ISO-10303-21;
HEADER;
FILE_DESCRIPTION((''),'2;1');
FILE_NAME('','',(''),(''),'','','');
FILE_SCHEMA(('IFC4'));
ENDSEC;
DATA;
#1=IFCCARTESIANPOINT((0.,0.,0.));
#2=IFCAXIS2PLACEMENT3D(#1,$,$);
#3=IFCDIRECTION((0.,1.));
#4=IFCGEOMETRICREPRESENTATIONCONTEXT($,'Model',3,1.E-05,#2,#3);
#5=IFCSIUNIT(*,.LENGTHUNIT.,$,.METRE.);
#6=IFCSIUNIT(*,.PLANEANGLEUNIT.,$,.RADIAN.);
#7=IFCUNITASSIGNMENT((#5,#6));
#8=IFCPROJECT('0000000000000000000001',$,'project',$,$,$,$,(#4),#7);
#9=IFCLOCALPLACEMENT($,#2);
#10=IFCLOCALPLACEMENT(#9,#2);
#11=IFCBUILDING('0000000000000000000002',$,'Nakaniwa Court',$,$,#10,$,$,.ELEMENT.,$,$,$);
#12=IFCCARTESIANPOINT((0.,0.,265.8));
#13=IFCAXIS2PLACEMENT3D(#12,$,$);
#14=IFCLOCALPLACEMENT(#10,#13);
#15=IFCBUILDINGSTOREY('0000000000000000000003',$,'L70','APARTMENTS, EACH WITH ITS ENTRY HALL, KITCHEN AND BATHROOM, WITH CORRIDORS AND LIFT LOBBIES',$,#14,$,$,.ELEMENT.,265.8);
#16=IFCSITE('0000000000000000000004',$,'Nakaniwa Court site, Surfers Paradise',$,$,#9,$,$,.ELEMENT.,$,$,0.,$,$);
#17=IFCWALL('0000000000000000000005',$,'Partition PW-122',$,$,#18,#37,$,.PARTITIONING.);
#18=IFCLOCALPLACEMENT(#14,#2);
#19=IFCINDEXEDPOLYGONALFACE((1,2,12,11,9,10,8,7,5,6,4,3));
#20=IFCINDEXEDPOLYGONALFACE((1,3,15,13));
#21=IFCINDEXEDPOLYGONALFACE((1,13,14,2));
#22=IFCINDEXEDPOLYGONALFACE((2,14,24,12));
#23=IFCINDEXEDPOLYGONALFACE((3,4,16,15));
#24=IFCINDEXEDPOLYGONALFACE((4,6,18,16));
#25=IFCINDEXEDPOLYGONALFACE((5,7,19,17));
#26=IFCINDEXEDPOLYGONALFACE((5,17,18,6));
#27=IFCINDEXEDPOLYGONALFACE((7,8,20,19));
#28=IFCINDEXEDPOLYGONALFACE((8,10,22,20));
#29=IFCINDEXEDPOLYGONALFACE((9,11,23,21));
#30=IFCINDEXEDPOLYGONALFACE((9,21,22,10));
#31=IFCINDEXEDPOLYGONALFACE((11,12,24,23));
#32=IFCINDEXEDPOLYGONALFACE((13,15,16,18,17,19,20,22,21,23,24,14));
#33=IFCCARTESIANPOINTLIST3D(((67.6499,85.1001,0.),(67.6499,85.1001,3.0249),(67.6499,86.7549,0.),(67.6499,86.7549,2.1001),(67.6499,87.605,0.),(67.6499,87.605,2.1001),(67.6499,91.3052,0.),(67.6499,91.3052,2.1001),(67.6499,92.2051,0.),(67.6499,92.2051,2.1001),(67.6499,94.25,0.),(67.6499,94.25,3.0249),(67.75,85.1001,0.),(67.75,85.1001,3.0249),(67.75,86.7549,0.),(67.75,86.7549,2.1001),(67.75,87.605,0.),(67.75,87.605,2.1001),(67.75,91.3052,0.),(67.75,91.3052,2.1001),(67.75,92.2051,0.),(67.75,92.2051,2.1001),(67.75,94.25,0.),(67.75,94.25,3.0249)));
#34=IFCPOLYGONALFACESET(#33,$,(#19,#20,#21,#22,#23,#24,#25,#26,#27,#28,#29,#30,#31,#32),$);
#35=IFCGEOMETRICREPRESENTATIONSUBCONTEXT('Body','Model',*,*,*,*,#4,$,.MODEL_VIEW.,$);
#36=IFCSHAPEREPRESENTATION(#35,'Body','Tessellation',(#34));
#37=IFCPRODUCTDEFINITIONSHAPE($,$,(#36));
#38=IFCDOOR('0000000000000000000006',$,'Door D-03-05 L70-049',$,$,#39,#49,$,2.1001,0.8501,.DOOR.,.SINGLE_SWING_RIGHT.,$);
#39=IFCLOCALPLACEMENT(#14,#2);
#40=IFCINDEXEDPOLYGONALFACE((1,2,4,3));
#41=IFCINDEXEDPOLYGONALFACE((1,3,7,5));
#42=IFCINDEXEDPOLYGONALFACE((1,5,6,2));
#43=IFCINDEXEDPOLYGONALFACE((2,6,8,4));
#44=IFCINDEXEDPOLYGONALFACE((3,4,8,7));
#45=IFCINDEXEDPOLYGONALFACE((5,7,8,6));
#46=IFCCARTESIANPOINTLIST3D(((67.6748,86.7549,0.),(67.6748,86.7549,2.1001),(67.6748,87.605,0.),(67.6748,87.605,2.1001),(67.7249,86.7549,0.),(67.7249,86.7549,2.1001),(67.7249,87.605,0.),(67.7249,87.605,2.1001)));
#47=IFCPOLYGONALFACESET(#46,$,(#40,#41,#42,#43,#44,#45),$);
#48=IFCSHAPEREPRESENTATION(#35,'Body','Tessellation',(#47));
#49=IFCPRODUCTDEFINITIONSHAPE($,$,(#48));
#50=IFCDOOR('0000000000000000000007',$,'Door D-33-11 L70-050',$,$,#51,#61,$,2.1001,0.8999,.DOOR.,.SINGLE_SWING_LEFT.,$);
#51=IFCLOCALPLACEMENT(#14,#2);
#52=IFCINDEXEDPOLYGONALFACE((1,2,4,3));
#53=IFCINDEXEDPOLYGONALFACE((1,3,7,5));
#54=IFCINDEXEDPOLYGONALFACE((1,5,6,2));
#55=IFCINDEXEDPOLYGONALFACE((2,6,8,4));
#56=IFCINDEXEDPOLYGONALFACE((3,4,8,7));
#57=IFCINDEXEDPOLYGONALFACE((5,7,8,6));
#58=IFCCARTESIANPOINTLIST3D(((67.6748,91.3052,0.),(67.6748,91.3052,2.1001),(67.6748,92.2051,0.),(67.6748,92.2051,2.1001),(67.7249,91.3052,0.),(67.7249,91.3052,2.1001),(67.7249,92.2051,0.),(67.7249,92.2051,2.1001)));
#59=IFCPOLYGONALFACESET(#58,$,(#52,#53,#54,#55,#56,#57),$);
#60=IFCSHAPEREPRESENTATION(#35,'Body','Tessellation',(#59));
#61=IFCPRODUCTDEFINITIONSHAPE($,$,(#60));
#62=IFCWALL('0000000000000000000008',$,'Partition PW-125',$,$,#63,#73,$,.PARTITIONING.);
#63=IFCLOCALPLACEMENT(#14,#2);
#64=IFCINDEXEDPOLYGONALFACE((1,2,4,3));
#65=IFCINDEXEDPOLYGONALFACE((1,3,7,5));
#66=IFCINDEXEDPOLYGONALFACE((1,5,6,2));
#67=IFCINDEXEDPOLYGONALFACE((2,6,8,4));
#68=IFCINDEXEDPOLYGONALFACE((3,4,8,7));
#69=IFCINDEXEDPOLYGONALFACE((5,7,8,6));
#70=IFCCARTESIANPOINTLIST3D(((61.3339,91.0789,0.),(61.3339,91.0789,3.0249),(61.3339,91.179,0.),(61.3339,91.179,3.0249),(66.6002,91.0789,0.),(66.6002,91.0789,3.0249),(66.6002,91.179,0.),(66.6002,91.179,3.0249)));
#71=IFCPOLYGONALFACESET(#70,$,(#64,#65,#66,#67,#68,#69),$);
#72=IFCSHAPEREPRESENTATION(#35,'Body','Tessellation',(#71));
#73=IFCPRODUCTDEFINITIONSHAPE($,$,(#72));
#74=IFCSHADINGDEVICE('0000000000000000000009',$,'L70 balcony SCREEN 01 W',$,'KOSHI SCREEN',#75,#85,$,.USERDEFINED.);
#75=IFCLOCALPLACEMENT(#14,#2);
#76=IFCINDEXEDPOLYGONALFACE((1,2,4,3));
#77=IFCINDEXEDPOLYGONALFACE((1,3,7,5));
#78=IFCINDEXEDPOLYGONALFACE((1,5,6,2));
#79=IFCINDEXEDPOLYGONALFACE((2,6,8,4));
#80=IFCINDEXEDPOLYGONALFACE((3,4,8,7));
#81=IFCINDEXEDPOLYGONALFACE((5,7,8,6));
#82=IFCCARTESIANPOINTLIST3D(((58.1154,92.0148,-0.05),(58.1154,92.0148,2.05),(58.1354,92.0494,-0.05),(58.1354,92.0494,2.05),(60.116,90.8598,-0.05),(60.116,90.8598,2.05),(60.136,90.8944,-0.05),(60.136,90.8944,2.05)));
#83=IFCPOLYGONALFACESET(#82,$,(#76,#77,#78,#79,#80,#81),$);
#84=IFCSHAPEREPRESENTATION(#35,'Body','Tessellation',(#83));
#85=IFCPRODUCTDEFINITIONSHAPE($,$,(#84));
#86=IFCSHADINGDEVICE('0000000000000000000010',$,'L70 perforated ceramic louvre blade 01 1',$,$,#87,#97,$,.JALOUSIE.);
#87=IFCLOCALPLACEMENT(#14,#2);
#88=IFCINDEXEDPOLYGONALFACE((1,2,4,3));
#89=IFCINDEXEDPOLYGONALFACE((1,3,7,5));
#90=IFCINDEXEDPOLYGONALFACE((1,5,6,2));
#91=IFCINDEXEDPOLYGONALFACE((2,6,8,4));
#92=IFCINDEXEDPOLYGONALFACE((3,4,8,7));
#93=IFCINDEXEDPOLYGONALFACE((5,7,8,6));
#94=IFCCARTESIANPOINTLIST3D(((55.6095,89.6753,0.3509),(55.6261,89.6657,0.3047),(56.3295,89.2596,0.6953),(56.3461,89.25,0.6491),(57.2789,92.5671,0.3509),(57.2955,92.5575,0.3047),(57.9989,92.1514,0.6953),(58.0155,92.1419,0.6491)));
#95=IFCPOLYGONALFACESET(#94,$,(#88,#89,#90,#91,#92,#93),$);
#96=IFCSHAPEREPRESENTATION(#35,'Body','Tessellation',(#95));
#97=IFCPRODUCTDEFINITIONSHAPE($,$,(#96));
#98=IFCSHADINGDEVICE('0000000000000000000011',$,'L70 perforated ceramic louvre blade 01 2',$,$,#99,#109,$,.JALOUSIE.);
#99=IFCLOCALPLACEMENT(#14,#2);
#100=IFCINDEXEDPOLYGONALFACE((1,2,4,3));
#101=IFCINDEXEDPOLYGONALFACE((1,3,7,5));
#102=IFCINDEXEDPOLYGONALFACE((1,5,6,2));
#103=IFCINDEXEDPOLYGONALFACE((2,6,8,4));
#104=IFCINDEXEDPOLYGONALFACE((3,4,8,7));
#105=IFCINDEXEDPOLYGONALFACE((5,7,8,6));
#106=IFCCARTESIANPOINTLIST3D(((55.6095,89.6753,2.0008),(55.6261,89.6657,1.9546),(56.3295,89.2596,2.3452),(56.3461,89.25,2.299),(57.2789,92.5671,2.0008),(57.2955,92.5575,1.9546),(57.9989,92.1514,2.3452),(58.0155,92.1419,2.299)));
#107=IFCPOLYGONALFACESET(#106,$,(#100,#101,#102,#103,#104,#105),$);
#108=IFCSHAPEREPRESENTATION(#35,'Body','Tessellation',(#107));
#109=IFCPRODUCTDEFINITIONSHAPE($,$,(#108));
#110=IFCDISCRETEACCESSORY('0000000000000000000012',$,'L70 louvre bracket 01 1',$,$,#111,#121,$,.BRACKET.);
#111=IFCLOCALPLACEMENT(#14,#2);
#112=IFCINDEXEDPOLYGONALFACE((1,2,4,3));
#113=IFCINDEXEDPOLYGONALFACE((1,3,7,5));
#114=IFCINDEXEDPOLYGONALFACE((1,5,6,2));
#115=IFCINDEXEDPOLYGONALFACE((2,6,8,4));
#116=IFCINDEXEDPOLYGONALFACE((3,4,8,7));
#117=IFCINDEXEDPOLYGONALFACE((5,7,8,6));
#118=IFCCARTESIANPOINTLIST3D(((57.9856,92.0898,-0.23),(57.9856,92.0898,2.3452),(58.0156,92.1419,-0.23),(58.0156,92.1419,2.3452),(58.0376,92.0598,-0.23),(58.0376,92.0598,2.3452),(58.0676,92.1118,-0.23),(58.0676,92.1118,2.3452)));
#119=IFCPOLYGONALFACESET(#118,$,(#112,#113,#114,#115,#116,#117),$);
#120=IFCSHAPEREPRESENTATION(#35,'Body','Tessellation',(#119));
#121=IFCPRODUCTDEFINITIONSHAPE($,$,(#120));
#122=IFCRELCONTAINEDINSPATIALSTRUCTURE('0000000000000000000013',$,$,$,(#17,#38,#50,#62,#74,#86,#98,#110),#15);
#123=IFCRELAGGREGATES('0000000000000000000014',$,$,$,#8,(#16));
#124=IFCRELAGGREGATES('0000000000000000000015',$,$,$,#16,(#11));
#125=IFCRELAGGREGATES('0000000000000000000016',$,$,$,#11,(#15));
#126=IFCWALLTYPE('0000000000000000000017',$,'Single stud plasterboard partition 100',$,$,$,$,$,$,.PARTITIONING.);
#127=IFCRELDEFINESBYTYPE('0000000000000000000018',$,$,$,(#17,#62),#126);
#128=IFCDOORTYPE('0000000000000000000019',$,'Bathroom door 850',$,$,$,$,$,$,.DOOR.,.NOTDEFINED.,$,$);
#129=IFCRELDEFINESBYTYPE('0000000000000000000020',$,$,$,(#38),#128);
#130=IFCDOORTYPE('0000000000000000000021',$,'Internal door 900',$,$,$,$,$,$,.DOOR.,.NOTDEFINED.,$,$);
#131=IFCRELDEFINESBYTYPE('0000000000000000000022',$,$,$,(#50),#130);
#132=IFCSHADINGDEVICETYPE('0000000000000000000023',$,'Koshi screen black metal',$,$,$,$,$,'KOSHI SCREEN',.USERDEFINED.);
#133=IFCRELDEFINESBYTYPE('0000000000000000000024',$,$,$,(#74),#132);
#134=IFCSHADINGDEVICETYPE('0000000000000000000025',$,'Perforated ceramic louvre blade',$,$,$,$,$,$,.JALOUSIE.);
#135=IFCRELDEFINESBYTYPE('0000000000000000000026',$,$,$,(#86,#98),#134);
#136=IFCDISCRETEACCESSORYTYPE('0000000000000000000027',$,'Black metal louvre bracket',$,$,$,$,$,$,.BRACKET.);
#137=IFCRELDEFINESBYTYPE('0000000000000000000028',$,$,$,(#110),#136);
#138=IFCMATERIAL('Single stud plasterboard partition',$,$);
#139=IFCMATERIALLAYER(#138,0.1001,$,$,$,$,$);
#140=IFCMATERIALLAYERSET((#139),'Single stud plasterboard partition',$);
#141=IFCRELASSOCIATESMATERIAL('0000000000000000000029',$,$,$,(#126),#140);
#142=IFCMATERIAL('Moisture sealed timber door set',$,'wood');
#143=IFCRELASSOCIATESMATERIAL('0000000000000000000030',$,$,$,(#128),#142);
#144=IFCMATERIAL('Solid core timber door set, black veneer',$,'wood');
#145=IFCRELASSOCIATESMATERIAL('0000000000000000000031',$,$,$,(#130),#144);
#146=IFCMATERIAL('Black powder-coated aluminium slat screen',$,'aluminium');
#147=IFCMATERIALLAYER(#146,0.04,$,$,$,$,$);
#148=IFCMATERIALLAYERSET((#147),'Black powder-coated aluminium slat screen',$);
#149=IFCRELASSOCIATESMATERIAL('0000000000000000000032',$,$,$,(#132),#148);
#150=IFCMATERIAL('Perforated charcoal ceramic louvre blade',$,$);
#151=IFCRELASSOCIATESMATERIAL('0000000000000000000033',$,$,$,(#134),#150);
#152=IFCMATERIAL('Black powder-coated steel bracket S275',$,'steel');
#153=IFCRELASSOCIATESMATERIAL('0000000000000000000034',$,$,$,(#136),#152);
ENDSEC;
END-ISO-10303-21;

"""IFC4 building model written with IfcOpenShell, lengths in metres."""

from ifc_helpers import new_model, si_unit, direction, frame, frame_2d, origin, origin_2d, place, context, subcontext, project, spatial, rectangle, extrude, material, layer, layer_set, material_profile, profile_set, type_object, element, fill, save


model = new_model("IFC4")

# Units and contexts
model_context = context("Model", 3, precision=1e-05, world=origin(), true_north=direction((0.0, 1.0)))
body_context = subcontext(model_context, "Body", "Model", "MODEL_VIEW")
ifc_project = project(units=[si_unit("LENGTHUNIT", "METRE"), si_unit("PLANEANGLEUNIT", "RADIAN")], contexts=[model_context])

# Site, building, storey
site_placement = place(None, origin())
site = spatial("IfcSite", under=ifc_project, at=site_placement, Name="Nakaniwa Court site, Surfers Paradise", CompositionType="ELEMENT", RefElevation=0.0)
building_placement = place(site_placement, origin())
building = spatial("IfcBuilding", under=site, at=building_placement, Name="Nakaniwa Court", CompositionType="ELEMENT")
storey_placement = place(building_placement, frame((0.0, 0.0, 265.8)))
storey = spatial("IfcBuildingStorey", under=building, at=storey_placement, Name="L70", Description="APARTMENTS, EACH WITH ITS ENTRY HALL, KITCHEN AND BATHROOM, WITH CORRIDORS AND LIFT LOBBIES", CompositionType="ELEMENT", Elevation=265.8)

# Wall, openings, doors
ifc_material_1 = material(Name="Single stud plasterboard partition")
ifc_layer_1 = layer(ifc_material_1, 0.1001)
ifc_layer_set_1 = layer_set([ifc_layer_1], Name="Single stud plasterboard partition")
wall_type_1 = type_object("IfcWallType", Name="Single stud plasterboard partition 100", PredefinedType="PARTITIONING", material=ifc_layer_set_1)
wall_1_placement = place(storey_placement, frame((67.7, 94.25, 0.0), z_axis=(0.0, 0.0, 1.0), x_axis=(0.0, -1.0, 0.0)))
wall_1 = element("IfcWall", 1, at=wall_1_placement, inside=storey, type_object=wall_type_1, Name="Partition PW-122", PredefinedType="PARTITIONING", context=body_context, shape_type="SweptSolid", body=[
    extrude(rectangle(XDim=9.1499, YDim=0.1001, at=frame_2d((4.575, 0.0))), origin(), (0.0, 0.0, 1.0), 3.0249),
])
opening_1_placement = place(wall_1_placement, frame((6.645, 0.0, 0.0)))
opening_1 = element("IfcOpeningElement", 2, at=opening_1_placement, cuts=wall_1, PredefinedType="OPENING", context=body_context, shape_type="SweptSolid", body=[
    extrude(rectangle(XDim=0.8501, YDim=2.1001, at=frame_2d((0.425, 1.05))), frame((0.0, 0.0601, 0.0), z_axis=(0.0, -1.0, 0.0), x_axis=(1.0, 0.0, 0.0)), (0.0, 0.0, 1.0), 0.1201),
])
opening_2_placement = place(wall_1_placement, frame((2.0449, 0.0, 0.0)))
opening_2 = element("IfcOpeningElement", 3, at=opening_2_placement, cuts=wall_1, PredefinedType="OPENING", context=body_context, shape_type="SweptSolid", body=[
    extrude(rectangle(XDim=0.8999, YDim=2.1001, at=frame_2d((0.45, 1.05))), frame((0.0, 0.0601, 0.0), z_axis=(0.0, -1.0, 0.0), x_axis=(1.0, 0.0, 0.0)), (0.0, 0.0, 1.0), 0.1201),
])
ifc_material_2 = material(Name="Moisture sealed timber door set", Category="wood")
door_type_1 = type_object("IfcDoorType", Name="Bathroom door 850", OperationType="NOTDEFINED", PredefinedType="DOOR", material=ifc_material_2)
door_1_placement = place(opening_1_placement, origin())
door_1 = element("IfcDoor", 4, at=door_1_placement, inside=storey, type_object=door_type_1, Name="Door D-03-05 L70-049", OperationType="SINGLE_SWING_RIGHT", OverallHeight=2.1001, OverallWidth=0.8501, PredefinedType="DOOR", context=body_context, shape_type="SweptSolid", body=[
    extrude(rectangle(XDim=0.8501, YDim=2.1001, at=frame_2d((0.425, 1.05))), frame((0.0, 0.0249, 0.0), z_axis=(0.0, -1.0, 0.0), x_axis=(1.0, 0.0, 0.0)), (0.0, 0.0, 1.0), 0.05),
])
fill(opening_1, door_1)
ifc_material_3 = material(Name="Solid core timber door set, black veneer", Category="wood")
door_type_2 = type_object("IfcDoorType", Name="Internal door 900", OperationType="NOTDEFINED", PredefinedType="DOOR", material=ifc_material_3)
door_2_placement = place(opening_2_placement, origin())
door_2 = element("IfcDoor", 5, at=door_2_placement, inside=storey, type_object=door_type_2, Name="Door D-33-11 L70-050", OperationType="SINGLE_SWING_LEFT", OverallHeight=2.1001, OverallWidth=0.8999, PredefinedType="DOOR", context=body_context, shape_type="SweptSolid", body=[
    extrude(rectangle(XDim=0.8999, YDim=2.1001, at=frame_2d((0.45, 1.05))), frame((0.0, 0.0249, 0.0), z_axis=(0.0, -1.0, 0.0), x_axis=(1.0, 0.0, 0.0)), (0.0, 0.0, 1.0), 0.05),
])
fill(opening_2, door_2)

# Wall
wall_2_placement = place(storey_placement, frame((61.3337, 91.1289, 0.0), z_axis=(0.0, 0.0, 1.0), x_axis=(1.0, 0.0, 0.0)))
element("IfcWall", 6, at=wall_2_placement, inside=storey, type_object=wall_type_1, Name="Partition PW-125", PredefinedType="PARTITIONING", context=body_context, shape_type="SweptSolid", body=[
    extrude(rectangle(XDim=5.2664, YDim=0.1001, at=frame_2d((2.6333, 0.0))), origin(), (0.0, 0.0, 1.0), 3.0249),
])

# Shading devices
ifc_material_4 = material(Name="Black powder-coated aluminium slat screen", Category="aluminium")
ifc_layer_2 = layer(ifc_material_4, 0.04)
ifc_layer_set_2 = layer_set([ifc_layer_2], Name="Black powder-coated aluminium slat screen")
shading_device_type_1 = type_object("IfcShadingDeviceType", Name="Koshi screen black metal", ElementType="KOSHI SCREEN", PredefinedType="USERDEFINED", material=ifc_layer_set_2)
shading_device_placement = place(storey_placement, frame((59.1257, 91.4546, -0.05), z_axis=(0.0, 0.0, 1.0), x_axis=(-0.499986, -0.866033, 0.0)))
element("IfcShadingDevice", 7, at=shading_device_placement, inside=storey, type_object=shading_device_type_1, Name="L70 balcony SCREEN 01 W", ObjectType="KOSHI SCREEN", PredefinedType="USERDEFINED", context=body_context, shape_type="SweptSolid", body=[
    extrude(rectangle(XDim=0.04, YDim=2.3101, at=origin_2d()), origin(), (0.0, 0.0, 1.0), 2.1001),
])
ifc_material_5 = material(Name="Perforated charcoal ceramic louvre blade")
ifc_material_profile_1 = material_profile(ifc_material_5, rectangle(XDim=0.8999, YDim=0.05, at=origin_2d()), Name="Perforated ceramic louvre blade")
ifc_profile_set_1 = profile_set([ifc_material_profile_1], Name="Perforated charcoal ceramic louvre blade")
shading_device_type_2 = type_object("IfcShadingDeviceType", Name="Perforated ceramic louvre blade", PredefinedType="JALOUSIE", material=ifc_profile_set_1)
for number, where, z_axis, x_axis, name in (
    (8, (57.6472, 92.3545, 0.5), (-0.499961, -0.866048, 0.0), (0.800124, -0.461904, 0.382683), "L70 perforated ceramic louvre blade 01 1"),
    (9, (57.6472, 92.3545, 2.1499), (-0.499961, -0.866048, 0.0), (0.800124, -0.461904, 0.382683), "L70 perforated ceramic louvre blade 01 2"),
):
    element("IfcShadingDevice", number, at=place(storey_placement, frame(where, z_axis=z_axis, x_axis=x_axis)), inside=storey, type_object=shading_device_type_2, Name=name, PredefinedType="JALOUSIE", context=body_context, shape_type="SweptSolid", body=[
        extrude(rectangle(XDim=0.8999, YDim=0.05, at=origin_2d()), origin(), (0.0, 0.0, 1.0), 3.3391),
    ])

# Discrete accessory
ifc_material_6 = material(Name="Black powder-coated steel bracket S275", Category="steel")
discrete_accessory_type = type_object("IfcDiscreteAccessoryType", Name="Black metal louvre bracket", PredefinedType="BRACKET", material=ifc_material_6)
discrete_accessory_placement = place(storey_placement, frame((58.0266, 92.1008, -0.23), z_axis=(0.0, 0.0, 1.0), x_axis=(-0.499986, -0.866033, 0.0)))
element("IfcDiscreteAccessory", 10, at=discrete_accessory_placement, inside=storey, type_object=discrete_accessory_type, Name="L70 louvre bracket 01 1", PredefinedType="BRACKET", context=body_context, shape_type="SweptSolid", body=[
    extrude(rectangle(XDim=0.0601, YDim=0.0601, at=origin_2d()), origin(), (0.0, 0.0, 1.0), 2.5752),
])

save(model, "model.ifc")
